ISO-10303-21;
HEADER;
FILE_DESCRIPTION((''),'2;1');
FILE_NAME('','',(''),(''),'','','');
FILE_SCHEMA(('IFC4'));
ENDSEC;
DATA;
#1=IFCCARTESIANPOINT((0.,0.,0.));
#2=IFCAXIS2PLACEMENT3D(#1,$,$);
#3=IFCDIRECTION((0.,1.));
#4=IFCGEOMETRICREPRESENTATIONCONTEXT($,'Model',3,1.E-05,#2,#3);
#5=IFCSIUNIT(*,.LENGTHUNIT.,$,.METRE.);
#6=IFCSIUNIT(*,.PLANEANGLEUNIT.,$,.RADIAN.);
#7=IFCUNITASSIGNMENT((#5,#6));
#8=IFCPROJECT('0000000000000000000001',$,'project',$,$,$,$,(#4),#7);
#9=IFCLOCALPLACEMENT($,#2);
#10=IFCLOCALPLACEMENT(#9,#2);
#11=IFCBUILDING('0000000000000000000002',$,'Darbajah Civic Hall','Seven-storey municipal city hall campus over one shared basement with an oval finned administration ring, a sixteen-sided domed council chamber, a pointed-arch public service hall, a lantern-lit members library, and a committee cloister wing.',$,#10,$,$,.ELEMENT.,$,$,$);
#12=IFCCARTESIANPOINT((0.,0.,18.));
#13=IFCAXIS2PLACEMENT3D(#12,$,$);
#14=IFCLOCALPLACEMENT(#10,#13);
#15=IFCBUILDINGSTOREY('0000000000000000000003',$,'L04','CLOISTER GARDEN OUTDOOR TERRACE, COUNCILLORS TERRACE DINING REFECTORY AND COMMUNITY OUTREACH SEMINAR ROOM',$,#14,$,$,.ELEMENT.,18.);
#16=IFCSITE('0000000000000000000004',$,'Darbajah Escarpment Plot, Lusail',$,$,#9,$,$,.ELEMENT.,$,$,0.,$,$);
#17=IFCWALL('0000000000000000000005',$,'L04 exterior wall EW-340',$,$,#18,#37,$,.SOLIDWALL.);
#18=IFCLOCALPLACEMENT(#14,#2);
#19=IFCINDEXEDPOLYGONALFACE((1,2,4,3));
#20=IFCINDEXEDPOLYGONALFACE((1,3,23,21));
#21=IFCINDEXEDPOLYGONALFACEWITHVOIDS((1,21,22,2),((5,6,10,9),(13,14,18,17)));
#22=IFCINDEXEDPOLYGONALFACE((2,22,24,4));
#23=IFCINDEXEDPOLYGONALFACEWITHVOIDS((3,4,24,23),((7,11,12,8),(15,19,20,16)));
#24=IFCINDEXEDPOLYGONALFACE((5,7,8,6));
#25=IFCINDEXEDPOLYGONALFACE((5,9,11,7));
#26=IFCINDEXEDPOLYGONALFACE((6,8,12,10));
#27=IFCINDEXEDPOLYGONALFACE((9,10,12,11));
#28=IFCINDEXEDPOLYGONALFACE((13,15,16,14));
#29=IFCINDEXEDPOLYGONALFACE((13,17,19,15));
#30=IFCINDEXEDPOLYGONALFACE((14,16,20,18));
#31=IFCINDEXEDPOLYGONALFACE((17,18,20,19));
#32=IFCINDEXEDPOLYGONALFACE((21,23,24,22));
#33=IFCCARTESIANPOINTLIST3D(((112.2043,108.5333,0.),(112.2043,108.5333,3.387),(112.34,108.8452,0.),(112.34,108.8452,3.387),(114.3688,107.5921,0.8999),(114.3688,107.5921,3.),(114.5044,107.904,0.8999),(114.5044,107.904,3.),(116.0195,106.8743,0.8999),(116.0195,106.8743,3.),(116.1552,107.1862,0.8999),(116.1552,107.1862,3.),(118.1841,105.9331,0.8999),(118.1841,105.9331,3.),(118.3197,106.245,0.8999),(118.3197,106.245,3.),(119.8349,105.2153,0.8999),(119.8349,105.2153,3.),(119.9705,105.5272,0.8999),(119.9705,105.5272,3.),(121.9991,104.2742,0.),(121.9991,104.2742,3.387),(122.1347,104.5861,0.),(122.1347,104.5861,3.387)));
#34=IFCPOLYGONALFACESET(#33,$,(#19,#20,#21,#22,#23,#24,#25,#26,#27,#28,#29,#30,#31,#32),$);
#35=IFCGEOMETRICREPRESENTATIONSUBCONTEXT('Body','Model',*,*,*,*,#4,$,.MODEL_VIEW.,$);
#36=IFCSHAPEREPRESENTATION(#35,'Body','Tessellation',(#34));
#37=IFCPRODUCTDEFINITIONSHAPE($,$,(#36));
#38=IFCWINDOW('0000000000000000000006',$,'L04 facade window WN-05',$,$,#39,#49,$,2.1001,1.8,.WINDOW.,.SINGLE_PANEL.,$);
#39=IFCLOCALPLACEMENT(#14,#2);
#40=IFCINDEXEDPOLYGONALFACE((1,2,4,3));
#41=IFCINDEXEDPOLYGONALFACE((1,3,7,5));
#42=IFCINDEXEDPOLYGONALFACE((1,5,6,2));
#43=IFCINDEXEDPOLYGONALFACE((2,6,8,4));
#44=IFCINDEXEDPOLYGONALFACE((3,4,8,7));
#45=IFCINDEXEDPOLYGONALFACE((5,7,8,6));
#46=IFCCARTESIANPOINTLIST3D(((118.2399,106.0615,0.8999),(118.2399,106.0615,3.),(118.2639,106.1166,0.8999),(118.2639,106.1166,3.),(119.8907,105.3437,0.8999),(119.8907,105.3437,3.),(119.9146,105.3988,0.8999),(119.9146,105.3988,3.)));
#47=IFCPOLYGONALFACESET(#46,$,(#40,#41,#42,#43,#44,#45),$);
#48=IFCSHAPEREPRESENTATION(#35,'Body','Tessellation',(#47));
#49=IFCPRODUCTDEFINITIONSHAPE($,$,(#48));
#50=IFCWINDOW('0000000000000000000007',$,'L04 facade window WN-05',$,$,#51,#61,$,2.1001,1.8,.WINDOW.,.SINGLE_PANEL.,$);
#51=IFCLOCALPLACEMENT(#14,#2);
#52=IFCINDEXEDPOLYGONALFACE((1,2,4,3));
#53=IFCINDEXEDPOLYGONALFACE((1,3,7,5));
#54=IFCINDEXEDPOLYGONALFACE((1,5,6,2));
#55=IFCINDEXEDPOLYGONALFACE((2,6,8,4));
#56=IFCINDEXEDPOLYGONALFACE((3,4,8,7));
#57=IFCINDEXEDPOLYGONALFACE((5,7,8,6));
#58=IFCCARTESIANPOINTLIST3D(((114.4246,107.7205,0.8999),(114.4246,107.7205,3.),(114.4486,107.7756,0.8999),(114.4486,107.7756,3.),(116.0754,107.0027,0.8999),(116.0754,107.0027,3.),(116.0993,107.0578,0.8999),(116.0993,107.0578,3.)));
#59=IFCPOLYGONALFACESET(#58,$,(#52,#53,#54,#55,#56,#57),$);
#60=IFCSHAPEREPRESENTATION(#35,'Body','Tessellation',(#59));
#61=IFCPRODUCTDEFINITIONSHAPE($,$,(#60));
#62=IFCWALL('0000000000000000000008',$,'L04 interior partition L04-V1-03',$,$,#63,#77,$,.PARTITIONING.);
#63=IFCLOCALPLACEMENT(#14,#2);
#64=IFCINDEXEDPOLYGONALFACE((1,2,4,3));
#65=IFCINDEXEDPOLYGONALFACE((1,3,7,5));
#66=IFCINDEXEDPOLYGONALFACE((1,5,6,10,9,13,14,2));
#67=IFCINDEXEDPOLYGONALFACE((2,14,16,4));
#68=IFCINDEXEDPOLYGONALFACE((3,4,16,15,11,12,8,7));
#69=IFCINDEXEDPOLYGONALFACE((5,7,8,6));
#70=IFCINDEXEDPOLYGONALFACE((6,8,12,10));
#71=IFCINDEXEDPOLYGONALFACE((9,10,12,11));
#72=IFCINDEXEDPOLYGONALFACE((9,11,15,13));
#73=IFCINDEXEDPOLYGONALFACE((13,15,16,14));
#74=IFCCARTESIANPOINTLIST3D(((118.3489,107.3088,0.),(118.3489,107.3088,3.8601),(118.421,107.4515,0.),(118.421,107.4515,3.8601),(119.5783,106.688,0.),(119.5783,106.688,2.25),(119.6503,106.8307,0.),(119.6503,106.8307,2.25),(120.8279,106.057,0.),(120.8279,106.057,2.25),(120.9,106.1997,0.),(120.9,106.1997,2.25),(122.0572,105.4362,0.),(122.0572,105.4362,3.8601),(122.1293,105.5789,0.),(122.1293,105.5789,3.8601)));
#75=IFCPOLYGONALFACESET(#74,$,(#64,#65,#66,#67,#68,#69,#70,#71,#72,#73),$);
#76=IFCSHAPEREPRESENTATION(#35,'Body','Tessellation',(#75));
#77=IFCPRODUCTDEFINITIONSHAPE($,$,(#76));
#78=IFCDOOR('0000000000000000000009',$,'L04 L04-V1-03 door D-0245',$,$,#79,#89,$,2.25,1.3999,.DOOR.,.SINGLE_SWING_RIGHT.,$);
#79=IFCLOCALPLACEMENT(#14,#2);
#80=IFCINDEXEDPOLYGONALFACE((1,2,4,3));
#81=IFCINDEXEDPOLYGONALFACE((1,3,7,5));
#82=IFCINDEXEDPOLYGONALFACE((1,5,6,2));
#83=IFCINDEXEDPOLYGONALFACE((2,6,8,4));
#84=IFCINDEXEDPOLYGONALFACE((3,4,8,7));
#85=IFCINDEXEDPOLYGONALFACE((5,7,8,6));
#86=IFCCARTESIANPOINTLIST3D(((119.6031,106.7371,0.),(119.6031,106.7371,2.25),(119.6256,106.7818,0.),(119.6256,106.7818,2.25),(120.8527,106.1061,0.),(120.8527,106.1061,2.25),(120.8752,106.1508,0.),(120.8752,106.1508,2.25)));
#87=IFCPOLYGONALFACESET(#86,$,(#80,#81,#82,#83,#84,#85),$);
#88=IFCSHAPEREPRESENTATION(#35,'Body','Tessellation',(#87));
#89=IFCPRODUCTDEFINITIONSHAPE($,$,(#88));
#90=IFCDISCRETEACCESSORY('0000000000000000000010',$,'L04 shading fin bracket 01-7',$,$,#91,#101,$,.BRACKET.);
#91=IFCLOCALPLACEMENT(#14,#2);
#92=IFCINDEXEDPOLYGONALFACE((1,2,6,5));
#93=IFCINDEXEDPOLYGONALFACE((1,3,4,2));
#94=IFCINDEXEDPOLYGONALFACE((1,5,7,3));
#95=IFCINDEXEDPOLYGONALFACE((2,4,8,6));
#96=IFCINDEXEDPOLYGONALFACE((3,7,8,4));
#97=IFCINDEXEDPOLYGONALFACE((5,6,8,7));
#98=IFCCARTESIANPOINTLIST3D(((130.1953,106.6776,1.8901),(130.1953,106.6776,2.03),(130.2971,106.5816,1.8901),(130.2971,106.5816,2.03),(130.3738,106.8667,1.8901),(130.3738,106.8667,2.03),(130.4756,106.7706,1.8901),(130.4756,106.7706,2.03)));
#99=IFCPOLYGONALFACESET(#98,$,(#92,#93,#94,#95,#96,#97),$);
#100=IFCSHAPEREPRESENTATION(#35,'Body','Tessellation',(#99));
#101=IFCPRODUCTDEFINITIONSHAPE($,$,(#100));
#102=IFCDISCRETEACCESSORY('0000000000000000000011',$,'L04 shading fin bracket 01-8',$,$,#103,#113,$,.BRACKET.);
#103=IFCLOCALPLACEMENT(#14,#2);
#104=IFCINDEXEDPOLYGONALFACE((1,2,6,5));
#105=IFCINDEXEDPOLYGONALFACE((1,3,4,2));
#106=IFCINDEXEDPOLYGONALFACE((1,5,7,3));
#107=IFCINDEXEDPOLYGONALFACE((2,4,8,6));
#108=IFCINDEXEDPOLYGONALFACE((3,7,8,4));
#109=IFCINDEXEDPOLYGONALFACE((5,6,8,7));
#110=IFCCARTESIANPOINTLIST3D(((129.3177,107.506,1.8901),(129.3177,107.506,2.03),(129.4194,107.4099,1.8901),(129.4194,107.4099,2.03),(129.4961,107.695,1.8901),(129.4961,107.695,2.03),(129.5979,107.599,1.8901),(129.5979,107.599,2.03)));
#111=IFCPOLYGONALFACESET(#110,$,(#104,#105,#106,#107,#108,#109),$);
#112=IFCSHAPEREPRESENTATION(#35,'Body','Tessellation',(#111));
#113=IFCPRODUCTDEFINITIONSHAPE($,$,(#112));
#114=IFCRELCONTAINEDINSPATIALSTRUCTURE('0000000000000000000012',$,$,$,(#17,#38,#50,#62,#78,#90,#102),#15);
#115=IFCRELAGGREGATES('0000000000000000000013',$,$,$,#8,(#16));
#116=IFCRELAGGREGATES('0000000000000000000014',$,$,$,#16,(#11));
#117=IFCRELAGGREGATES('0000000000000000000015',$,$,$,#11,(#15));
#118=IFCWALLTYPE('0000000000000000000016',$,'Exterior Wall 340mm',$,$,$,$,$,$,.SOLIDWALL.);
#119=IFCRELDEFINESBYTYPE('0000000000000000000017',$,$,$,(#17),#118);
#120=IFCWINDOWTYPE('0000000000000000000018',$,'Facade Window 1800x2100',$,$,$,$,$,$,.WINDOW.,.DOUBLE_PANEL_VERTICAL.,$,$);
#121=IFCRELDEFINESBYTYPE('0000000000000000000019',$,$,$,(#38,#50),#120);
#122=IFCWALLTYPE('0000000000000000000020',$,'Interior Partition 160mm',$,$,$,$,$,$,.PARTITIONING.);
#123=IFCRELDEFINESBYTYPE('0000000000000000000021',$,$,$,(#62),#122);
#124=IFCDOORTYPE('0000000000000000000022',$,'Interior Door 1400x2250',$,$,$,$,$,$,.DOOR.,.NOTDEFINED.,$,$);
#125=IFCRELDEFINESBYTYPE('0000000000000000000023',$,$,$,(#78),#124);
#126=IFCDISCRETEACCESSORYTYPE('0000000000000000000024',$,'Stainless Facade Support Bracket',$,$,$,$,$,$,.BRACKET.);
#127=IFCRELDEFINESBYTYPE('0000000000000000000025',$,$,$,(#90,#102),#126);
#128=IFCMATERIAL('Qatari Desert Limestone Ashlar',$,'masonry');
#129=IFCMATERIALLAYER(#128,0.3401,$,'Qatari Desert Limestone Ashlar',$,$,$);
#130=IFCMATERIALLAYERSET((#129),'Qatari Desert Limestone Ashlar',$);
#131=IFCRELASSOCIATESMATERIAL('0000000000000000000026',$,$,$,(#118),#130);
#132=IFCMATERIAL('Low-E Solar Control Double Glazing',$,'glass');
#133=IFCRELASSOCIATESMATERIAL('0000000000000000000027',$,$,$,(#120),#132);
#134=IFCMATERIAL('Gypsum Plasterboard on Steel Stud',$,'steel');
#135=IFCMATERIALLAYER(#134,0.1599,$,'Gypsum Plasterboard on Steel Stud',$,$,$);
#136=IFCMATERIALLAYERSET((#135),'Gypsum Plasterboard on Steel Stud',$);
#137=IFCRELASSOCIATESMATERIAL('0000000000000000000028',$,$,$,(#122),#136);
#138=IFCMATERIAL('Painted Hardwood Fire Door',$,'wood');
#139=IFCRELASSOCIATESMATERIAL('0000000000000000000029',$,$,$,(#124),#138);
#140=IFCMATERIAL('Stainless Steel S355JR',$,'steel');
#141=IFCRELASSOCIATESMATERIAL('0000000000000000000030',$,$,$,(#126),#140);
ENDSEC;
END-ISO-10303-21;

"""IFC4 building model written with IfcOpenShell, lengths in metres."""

from ifc_helpers import new_model, si_unit, direction, frame, frame_2d, origin, origin_2d, place, context, subcontext, project, spatial, rectangle, extrude, material, layer, layer_set, type_object, element, fill, save


model = new_model("IFC4")

# Units and contexts
model_context = context("Model", 3, precision=1e-05, world=origin(), true_north=direction((0.0, 1.0)))
body_context = subcontext(model_context, "Body", "Model", "MODEL_VIEW")
ifc_project = project(units=[si_unit("LENGTHUNIT", "METRE"), si_unit("PLANEANGLEUNIT", "RADIAN")], contexts=[model_context])

# Site, building, storey
site_placement = place(None, origin())
site = spatial("IfcSite", under=ifc_project, at=site_placement, Name="Darbajah Escarpment Plot, Lusail", CompositionType="ELEMENT", RefElevation=0.0)
building_placement = place(site_placement, origin())
building = spatial("IfcBuilding", under=site, at=building_placement, Name="Darbajah Civic Hall", Description="Seven-storey municipal city hall campus over one shared basement with an oval finned administration ring, a sixteen-sided domed council chamber, a pointed-arch public service hall, a lantern-lit members library, and a committee cloister wing.", CompositionType="ELEMENT")
storey_placement = place(building_placement, frame((0.0, 0.0, 18.0)))
storey = spatial("IfcBuildingStorey", under=building, at=storey_placement, Name="L04", Description="CLOISTER GARDEN OUTDOOR TERRACE, COUNCILLORS TERRACE DINING REFECTORY AND COMMUNITY OUTREACH SEMINAR ROOM", CompositionType="ELEMENT", Elevation=18.0)

# Shared definitions
ifc_material_1 = material(Name="Low-E Solar Control Double Glazing", Category="glass")

# Wall, openings, windows
ifc_material_2 = material(Name="Qatari Desert Limestone Ashlar", Category="masonry")
ifc_layer_1 = layer(ifc_material_2, 0.3401, Name="Qatari Desert Limestone Ashlar")
ifc_layer_set_1 = layer_set([ifc_layer_1], Name="Qatari Desert Limestone Ashlar")
wall_type_1 = type_object("IfcWallType", Name="Exterior Wall 340mm", PredefinedType="SOLIDWALL", material=ifc_layer_set_1)
wall_1_placement = place(storey_placement, frame((122.0669, 104.4302, 0.0), z_axis=(0.0, 0.0, 1.0), x_axis=(-0.917054, 0.398764, 0.0)))
wall_1 = element("IfcWall", 1, at=wall_1_placement, inside=storey, type_object=wall_type_1, Name="L04 exterior wall EW-340", PredefinedType="SOLIDWALL", context=body_context, shape_type="SweptSolid", body=[
    extrude(rectangle(XDim=10.6807, YDim=0.3401, at=frame_2d((5.3403, 0.0))), origin(), (0.0, 0.0, 1.0), 3.387),
])
opening_1_placement = place(wall_1_placement, frame((2.3601, 0.0, 0.8999)))
opening_1 = element("IfcOpeningElement", 2, at=opening_1_placement, cuts=wall_1, PredefinedType="OPENING", context=body_context, shape_type="SweptSolid", body=[
    extrude(rectangle(XDim=1.8, YDim=2.1001, at=frame_2d((0.8999, 1.05))), frame((0.0, 0.1799, 0.0), z_axis=(0.0, -1.0, 0.0), x_axis=(1.0, 0.0, 0.0)), (0.0, 0.0, 1.0), 0.3601),
])
opening_2_placement = place(wall_1_placement, frame((6.5205, 0.0, 0.8999)))
opening_2 = element("IfcOpeningElement", 3, at=opening_2_placement, cuts=wall_1, PredefinedType="OPENING", context=body_context, shape_type="SweptSolid", body=[
    extrude(rectangle(XDim=1.8, YDim=2.1001, at=frame_2d((0.8999, 1.05))), frame((0.0, 0.1799, 0.0), z_axis=(0.0, -1.0, 0.0), x_axis=(1.0, 0.0, 0.0)), (0.0, 0.0, 1.0), 0.3601),
])
window_type_1 = type_object("IfcWindowType", Name="Facade Window 1800x2100", PartitioningType="DOUBLE_PANEL_VERTICAL", PredefinedType="WINDOW", material=ifc_material_1)
window_1_placement = place(opening_1_placement, origin())
window_1 = element("IfcWindow", 4, at=window_1_placement, inside=storey, type_object=window_type_1, Name="L04 facade window WN-05", OverallHeight=2.1001, OverallWidth=1.8, PartitioningType="SINGLE_PANEL", PredefinedType="WINDOW", context=body_context, shape_type="SweptSolid", body=[
    extrude(rectangle(XDim=1.8, YDim=2.1001, at=frame_2d((0.8999, 1.05))), frame((0.0, 0.03, 0.0), z_axis=(0.0, -1.0, 0.0), x_axis=(1.0, 0.0, 0.0)), (0.0, 0.0, 1.0), 0.0601),
])
fill(opening_1, window_1)
window_2_placement = place(opening_2_placement, origin())
window_2 = element("IfcWindow", 5, at=window_2_placement, inside=storey, type_object=window_type_1, Name="L04 facade window WN-05", OverallHeight=2.1001, OverallWidth=1.8, PartitioningType="SINGLE_PANEL", PredefinedType="WINDOW", context=body_context, shape_type="SweptSolid", body=[
    extrude(rectangle(XDim=1.8, YDim=2.1001, at=frame_2d((0.8999, 1.05))), frame((0.0, 0.03, 0.0), z_axis=(0.0, -1.0, 0.0), x_axis=(1.0, 0.0, 0.0)), (0.0, 0.0, 1.0), 0.0601),
])
fill(opening_2, window_2)

# Wall, opening, door
ifc_material_3 = material(Name="Gypsum Plasterboard on Steel Stud", Category="steel")
ifc_layer_2 = layer(ifc_material_3, 0.1599, Name="Gypsum Plasterboard on Steel Stud")
ifc_layer_set_2 = layer_set([ifc_layer_2], Name="Gypsum Plasterboard on Steel Stud")
wall_type_2 = type_object("IfcWallType", Name="Interior Partition 160mm", PredefinedType="PARTITIONING", material=ifc_layer_set_2)
wall_2_placement = place(storey_placement, frame((122.0933, 105.5076, 0.0), z_axis=(0.0, 0.0, 1.0), x_axis=(-0.892645, 0.45076, 0.0)))
wall_2 = element("IfcWall", 6, at=wall_2_placement, inside=storey, type_object=wall_type_2, Name="L04 interior partition L04-V1-03", PredefinedType="PARTITIONING", context=body_context, shape_type="SweptSolid", body=[
    extrude(rectangle(XDim=4.1543, YDim=0.1599, at=frame_2d((2.0771, 0.0))), origin(), (0.0, 0.0, 1.0), 3.8601),
])
opening_3_placement = place(wall_2_placement, frame((1.3772, 0.0, 0.0)))
opening_3 = element("IfcOpeningElement", 7, at=opening_3_placement, cuts=wall_2, PredefinedType="OPENING", context=body_context, shape_type="SweptSolid", body=[
    extrude(rectangle(XDim=1.3999, YDim=2.25, at=frame_2d((0.7, 1.125))), frame((0.0, 0.0898, 0.0), z_axis=(0.0, -1.0, 0.0), x_axis=(1.0, 0.0, 0.0)), (0.0, 0.0, 1.0), 0.1799),
])
ifc_material_4 = material(Name="Painted Hardwood Fire Door", Category="wood")
door_type = type_object("IfcDoorType", Name="Interior Door 1400x2250", OperationType="NOTDEFINED", PredefinedType="DOOR", material=ifc_material_4)
door_placement = place(opening_3_placement, origin())
door = element("IfcDoor", 8, at=door_placement, inside=storey, type_object=door_type, Name="L04 L04-V1-03 door D-0245", OperationType="SINGLE_SWING_RIGHT", OverallHeight=2.25, OverallWidth=1.3999, PredefinedType="DOOR", context=body_context, shape_type="SweptSolid", body=[
    extrude(rectangle(XDim=1.3999, YDim=2.25, at=frame_2d((0.7, 1.125))), frame((0.0, 0.0249, 0.0), z_axis=(0.0, -1.0, 0.0), x_axis=(1.0, 0.0, 0.0)), (0.0, 0.0, 1.0), 0.05),
])
fill(opening_3, door)

# Discrete accessories
ifc_material_5 = material(Name="Stainless Steel S355JR", Category="steel")
discrete_accessory_type = type_object("IfcDiscreteAccessoryType", Name="Stainless Facade Support Bracket", PredefinedType="BRACKET", material=ifc_material_5)
for number, where, z_axis, x_axis, name in (
    (9, (130.3354, 106.7241, 1.8901), (0.0, 0.0, 1.0), (0.686453, 0.727174, 0.0), "L04 shading fin bracket 01-7"),
    (10, (129.4578, 107.5525, 1.8901), (0.0, 0.0, 1.0), (0.686453, 0.727174, 0.0), "L04 shading fin bracket 01-8"),
):
    element("IfcDiscreteAccessory", number, at=place(storey_placement, frame(where, z_axis=z_axis, x_axis=x_axis)), inside=storey, type_object=discrete_accessory_type, Name=name, PredefinedType="BRACKET", context=body_context, shape_type="SweptSolid", body=[
        extrude(rectangle(XDim=0.26, YDim=0.1399, at=origin_2d()), origin(), (0.0, 0.0, 1.0), 0.1399),
    ])

save(model, "model.ifc")
